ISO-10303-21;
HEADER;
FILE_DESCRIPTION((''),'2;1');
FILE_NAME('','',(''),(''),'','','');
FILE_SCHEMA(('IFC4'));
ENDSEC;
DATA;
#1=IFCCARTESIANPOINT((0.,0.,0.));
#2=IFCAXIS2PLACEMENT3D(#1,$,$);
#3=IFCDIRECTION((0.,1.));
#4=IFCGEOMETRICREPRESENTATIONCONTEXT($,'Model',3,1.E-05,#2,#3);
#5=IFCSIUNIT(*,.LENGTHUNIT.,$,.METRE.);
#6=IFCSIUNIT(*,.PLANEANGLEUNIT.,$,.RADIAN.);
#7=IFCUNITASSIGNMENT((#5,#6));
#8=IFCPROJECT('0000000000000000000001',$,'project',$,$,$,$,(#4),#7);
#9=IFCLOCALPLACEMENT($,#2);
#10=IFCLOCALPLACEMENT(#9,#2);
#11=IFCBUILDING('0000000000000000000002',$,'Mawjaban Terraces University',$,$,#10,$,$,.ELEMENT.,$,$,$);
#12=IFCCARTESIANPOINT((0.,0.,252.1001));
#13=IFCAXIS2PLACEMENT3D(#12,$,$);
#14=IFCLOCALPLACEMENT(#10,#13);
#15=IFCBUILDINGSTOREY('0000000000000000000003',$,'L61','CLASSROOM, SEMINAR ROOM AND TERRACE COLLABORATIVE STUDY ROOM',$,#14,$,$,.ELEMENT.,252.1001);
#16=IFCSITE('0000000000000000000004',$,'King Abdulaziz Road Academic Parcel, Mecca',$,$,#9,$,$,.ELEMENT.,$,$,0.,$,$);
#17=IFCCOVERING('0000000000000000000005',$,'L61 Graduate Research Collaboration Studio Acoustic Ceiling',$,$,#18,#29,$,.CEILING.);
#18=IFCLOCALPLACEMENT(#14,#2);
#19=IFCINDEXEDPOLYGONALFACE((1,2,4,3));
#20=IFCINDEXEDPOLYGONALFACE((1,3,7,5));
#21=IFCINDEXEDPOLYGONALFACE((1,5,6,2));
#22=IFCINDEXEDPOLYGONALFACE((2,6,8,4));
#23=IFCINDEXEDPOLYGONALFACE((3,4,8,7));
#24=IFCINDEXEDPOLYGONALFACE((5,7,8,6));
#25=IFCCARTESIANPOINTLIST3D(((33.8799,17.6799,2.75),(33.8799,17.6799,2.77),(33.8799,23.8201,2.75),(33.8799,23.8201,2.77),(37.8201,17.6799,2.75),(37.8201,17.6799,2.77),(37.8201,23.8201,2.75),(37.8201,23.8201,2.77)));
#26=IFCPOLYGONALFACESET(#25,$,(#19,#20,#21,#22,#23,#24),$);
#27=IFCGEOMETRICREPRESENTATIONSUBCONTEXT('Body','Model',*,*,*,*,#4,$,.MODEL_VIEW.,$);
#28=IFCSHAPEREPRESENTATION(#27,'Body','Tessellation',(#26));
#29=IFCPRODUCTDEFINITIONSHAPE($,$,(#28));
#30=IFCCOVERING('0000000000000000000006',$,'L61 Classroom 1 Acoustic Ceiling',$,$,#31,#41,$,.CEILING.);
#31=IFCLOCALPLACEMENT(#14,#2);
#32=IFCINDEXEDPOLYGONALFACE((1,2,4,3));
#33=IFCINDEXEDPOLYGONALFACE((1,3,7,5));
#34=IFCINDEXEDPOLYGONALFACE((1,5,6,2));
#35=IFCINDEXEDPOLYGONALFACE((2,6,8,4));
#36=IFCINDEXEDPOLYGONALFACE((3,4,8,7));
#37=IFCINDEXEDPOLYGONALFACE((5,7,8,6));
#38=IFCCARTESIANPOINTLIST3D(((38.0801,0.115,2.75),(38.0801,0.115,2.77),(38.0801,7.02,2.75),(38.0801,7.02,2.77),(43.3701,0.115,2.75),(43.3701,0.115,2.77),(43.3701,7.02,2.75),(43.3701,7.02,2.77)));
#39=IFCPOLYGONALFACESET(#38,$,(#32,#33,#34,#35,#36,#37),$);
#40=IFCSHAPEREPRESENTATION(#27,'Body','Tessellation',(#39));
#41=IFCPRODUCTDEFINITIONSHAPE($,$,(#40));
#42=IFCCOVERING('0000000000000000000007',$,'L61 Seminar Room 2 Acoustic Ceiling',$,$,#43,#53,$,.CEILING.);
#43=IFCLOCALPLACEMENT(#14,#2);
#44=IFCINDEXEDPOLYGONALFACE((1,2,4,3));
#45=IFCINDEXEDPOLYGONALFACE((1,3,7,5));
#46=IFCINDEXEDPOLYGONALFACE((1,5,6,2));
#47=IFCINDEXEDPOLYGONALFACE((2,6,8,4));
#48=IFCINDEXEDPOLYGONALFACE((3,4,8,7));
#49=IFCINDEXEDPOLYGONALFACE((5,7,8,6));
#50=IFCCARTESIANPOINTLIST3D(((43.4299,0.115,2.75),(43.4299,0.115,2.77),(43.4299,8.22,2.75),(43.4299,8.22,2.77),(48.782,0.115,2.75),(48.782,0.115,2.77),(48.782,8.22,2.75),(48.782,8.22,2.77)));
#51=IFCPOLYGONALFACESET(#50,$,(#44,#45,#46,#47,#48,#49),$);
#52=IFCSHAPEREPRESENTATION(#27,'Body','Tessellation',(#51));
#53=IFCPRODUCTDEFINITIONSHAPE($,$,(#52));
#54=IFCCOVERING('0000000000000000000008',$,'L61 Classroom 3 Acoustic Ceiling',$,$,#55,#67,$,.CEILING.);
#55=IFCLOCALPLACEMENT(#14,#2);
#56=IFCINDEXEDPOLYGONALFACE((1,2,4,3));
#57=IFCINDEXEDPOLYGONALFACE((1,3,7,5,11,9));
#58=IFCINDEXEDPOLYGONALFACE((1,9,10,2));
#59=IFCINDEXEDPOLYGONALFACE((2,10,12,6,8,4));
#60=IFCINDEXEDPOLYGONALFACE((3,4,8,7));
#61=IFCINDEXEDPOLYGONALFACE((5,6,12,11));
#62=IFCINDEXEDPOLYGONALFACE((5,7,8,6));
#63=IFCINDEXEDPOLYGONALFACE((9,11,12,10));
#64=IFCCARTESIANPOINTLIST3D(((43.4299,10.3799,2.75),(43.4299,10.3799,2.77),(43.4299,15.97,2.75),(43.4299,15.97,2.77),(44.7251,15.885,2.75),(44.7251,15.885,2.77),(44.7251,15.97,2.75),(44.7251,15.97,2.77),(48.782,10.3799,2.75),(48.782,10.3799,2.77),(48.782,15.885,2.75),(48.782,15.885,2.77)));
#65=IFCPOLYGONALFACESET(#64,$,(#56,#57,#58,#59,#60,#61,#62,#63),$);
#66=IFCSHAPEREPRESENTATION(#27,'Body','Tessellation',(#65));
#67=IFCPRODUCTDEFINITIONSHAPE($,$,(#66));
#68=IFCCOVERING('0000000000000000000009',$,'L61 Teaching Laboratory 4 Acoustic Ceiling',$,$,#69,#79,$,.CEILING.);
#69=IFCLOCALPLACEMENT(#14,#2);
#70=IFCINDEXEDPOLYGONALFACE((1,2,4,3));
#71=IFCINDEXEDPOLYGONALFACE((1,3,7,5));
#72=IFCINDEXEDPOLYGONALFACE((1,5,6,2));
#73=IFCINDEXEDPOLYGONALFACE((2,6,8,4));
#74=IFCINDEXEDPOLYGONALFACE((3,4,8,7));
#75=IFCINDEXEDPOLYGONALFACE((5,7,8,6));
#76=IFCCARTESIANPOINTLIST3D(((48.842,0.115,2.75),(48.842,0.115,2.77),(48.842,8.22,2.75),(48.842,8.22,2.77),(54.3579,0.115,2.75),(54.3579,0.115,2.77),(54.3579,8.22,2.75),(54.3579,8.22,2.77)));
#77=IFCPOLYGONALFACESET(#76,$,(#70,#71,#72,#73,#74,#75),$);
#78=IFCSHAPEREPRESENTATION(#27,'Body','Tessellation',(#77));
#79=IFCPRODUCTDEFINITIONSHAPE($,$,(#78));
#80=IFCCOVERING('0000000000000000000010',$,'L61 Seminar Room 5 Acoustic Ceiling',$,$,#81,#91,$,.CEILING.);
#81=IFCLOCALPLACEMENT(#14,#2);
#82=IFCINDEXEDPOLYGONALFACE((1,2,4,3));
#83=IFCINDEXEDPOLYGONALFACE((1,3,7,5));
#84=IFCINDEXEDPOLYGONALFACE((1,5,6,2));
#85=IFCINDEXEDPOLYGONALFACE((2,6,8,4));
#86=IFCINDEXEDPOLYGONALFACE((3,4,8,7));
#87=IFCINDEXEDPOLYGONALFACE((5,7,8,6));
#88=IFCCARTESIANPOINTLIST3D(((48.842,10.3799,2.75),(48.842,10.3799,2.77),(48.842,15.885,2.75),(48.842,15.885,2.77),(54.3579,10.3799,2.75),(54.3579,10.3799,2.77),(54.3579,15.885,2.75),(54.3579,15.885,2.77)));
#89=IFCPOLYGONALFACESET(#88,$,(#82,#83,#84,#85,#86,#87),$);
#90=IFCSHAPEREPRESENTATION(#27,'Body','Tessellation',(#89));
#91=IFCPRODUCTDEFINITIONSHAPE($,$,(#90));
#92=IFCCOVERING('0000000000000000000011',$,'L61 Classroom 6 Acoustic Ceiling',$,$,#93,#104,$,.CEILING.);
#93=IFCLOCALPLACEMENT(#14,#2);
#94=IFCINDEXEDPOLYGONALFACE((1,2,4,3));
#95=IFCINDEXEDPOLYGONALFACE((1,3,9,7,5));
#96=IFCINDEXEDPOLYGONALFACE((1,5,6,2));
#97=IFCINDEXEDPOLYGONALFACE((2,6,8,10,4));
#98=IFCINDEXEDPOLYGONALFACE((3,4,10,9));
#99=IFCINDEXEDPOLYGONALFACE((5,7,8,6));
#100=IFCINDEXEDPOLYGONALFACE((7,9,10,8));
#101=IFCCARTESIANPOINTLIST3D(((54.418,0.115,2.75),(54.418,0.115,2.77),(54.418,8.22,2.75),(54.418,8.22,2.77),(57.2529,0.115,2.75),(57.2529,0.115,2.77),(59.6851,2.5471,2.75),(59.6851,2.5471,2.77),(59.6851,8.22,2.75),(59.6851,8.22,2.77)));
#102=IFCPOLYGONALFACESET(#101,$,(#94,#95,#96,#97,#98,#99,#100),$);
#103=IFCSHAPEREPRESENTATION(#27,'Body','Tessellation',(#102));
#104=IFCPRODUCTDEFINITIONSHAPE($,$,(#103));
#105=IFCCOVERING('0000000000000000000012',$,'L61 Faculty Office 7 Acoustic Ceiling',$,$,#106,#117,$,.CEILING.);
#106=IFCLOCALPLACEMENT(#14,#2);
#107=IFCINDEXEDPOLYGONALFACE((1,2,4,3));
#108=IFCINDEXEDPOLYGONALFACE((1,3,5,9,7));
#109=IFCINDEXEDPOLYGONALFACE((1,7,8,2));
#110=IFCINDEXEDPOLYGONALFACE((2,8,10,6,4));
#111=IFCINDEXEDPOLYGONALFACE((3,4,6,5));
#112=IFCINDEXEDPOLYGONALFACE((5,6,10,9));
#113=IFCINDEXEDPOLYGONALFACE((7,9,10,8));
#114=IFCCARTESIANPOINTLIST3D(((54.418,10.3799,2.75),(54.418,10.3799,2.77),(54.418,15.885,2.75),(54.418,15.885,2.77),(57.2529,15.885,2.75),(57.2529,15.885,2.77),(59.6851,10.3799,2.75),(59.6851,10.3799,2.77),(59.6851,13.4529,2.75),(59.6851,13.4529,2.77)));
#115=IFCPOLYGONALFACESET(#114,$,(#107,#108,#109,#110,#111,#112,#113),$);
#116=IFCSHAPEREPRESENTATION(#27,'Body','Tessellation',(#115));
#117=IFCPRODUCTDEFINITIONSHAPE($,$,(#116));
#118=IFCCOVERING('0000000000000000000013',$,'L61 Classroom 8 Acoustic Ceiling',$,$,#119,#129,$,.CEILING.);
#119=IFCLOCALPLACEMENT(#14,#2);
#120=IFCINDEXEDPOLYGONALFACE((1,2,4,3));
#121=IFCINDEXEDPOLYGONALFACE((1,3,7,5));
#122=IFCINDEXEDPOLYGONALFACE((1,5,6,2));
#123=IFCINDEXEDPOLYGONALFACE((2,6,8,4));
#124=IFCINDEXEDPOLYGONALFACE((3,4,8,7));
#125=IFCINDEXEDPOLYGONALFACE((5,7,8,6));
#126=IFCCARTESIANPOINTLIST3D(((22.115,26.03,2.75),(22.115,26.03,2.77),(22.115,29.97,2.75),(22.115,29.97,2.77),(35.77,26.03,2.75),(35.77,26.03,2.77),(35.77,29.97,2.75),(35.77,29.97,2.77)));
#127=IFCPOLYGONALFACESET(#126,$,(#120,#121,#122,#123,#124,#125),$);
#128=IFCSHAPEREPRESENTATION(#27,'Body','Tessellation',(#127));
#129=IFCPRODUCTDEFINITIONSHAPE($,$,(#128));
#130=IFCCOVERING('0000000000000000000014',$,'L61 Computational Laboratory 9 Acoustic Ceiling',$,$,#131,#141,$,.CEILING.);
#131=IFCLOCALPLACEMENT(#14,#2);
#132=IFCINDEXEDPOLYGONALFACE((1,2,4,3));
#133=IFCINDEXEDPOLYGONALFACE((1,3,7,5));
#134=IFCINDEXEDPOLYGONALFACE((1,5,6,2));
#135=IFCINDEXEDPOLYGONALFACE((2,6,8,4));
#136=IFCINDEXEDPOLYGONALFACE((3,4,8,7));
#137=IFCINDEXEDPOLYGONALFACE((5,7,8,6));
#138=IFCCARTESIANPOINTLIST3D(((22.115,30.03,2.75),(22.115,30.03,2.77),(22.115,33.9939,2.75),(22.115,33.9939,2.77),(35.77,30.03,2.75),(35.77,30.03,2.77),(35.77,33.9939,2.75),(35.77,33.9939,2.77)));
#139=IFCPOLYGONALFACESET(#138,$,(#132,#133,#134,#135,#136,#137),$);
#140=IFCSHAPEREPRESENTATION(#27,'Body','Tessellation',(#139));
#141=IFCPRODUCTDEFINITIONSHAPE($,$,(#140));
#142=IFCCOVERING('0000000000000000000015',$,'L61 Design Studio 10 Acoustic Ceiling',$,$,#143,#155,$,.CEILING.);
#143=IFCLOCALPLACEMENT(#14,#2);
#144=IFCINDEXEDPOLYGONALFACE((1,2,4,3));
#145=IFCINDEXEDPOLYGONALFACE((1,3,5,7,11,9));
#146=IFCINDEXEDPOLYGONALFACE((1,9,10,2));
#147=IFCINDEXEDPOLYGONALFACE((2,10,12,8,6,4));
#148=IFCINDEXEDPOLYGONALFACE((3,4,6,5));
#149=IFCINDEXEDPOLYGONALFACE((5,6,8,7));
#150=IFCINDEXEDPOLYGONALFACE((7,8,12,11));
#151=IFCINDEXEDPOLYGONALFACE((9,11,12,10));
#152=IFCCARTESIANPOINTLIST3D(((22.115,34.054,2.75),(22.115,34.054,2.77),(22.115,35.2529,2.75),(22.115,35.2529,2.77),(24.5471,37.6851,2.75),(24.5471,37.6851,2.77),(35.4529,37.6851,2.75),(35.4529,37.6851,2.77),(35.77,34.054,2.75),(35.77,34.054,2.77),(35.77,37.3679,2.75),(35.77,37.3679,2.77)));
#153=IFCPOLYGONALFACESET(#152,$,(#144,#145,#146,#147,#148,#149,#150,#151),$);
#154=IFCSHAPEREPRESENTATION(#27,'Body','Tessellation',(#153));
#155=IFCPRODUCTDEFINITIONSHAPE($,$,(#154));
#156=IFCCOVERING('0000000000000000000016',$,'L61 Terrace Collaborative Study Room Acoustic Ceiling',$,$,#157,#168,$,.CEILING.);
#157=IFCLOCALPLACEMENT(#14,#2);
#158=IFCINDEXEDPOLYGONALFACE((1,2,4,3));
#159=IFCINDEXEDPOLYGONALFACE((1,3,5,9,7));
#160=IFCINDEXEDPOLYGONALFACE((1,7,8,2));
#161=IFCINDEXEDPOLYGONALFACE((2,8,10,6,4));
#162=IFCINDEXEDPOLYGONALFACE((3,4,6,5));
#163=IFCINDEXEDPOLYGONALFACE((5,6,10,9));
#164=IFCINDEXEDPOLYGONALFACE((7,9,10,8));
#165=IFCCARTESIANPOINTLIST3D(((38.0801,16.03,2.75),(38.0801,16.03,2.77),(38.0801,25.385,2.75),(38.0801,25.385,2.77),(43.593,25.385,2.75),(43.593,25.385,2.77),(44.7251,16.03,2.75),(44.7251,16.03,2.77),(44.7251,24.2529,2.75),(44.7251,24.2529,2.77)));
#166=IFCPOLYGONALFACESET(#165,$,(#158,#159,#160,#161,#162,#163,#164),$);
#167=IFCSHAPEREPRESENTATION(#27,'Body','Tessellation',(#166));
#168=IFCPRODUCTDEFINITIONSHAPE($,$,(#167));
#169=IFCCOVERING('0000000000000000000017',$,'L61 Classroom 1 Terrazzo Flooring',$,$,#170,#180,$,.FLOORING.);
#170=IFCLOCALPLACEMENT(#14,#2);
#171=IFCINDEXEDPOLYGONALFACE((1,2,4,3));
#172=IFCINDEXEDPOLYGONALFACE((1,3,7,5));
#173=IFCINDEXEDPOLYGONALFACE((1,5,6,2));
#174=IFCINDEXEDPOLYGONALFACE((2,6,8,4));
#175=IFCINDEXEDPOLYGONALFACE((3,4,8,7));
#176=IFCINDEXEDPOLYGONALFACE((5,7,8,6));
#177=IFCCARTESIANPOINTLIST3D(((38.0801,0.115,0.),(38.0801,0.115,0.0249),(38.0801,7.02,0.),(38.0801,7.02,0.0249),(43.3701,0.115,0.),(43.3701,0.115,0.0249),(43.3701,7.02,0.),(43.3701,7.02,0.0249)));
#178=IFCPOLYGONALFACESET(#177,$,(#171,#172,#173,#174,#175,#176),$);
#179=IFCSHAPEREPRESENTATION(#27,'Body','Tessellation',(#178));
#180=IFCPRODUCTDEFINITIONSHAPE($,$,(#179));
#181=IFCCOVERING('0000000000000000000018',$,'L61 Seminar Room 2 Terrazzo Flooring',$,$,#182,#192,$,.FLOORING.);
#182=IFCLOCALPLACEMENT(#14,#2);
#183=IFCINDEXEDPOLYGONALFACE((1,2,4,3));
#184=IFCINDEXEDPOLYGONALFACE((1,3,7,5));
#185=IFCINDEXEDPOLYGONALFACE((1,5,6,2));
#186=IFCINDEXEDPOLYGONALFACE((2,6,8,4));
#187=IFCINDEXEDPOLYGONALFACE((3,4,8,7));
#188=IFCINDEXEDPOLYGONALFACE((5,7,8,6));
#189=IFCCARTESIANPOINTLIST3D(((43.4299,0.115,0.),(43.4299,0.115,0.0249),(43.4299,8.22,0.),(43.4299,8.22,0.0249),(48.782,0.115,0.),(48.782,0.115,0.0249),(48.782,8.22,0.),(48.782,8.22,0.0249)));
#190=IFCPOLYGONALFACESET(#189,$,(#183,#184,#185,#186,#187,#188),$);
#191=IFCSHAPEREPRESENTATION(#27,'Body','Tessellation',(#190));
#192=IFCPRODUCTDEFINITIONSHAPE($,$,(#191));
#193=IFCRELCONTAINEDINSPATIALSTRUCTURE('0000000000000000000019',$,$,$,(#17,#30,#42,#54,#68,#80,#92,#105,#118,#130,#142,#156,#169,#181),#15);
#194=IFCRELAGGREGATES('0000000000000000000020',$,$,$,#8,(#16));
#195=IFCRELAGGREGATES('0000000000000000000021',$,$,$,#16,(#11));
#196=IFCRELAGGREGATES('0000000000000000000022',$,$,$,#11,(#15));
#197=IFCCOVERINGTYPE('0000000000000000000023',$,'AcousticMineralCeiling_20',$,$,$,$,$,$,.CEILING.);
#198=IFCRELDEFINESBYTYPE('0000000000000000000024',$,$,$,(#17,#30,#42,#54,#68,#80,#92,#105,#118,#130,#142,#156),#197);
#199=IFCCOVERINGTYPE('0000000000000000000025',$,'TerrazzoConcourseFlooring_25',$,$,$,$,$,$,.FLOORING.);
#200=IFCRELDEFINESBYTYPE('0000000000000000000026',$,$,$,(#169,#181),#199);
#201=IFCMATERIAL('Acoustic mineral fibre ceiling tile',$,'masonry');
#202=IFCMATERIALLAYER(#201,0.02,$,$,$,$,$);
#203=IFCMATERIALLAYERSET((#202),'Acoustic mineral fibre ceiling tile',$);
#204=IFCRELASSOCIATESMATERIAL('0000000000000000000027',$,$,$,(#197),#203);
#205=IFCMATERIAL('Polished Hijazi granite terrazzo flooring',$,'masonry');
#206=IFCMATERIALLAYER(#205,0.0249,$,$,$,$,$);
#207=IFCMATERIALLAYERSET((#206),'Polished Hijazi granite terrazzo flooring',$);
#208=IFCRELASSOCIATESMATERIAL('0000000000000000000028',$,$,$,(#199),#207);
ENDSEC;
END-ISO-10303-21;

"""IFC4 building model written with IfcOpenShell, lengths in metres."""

from ifc_helpers import new_model, si_unit, direction, frame, origin, place, context, subcontext, project, spatial, polyline, outline, extrude, material, layer, layer_set, type_object, element, save


model = new_model("IFC4")

# Units and contexts
model_context = context("Model", 3, precision=1e-05, world=origin(), true_north=direction((0.0, 1.0)))
body_context = subcontext(model_context, "Body", "Model", "MODEL_VIEW")
ifc_project = project(units=[si_unit("LENGTHUNIT", "METRE"), si_unit("PLANEANGLEUNIT", "RADIAN")], contexts=[model_context])

# Site, building, storey
site_placement = place(None, origin())
site = spatial("IfcSite", under=ifc_project, at=site_placement, Name="King Abdulaziz Road Academic Parcel, Mecca", CompositionType="ELEMENT", RefElevation=0.0)
building_placement = place(site_placement, origin())
building = spatial("IfcBuilding", under=site, at=building_placement, Name="Mawjaban Terraces University", CompositionType="ELEMENT")
storey_placement = place(building_placement, frame((0.0, 0.0, 252.1001)))
storey = spatial("IfcBuildingStorey", under=building, at=storey_placement, Name="L61", Description="CLASSROOM, SEMINAR ROOM AND TERRACE COLLABORATIVE STUDY ROOM", CompositionType="ELEMENT", Elevation=252.1001)

# Coverings
ifc_material_1 = material(Name="Acoustic mineral fibre ceiling tile", Category="masonry")
ifc_layer_1 = layer(ifc_material_1, 0.02)
ifc_layer_set_1 = layer_set([ifc_layer_1], Name="Acoustic mineral fibre ceiling tile")
covering_type_1 = type_object("IfcCoveringType", Name="AcousticMineralCeiling_20", PredefinedType="CEILING", material=ifc_layer_set_1)
covering_1_placement = place(storey_placement, frame((0.0, 0.0, 2.75)))
element("IfcCovering", 1, at=covering_1_placement, inside=storey, type_object=covering_type_1, Name="L61 Graduate Research Collaboration Studio Acoustic Ceiling", PredefinedType="CEILING", context=body_context, shape_type="SweptSolid", body=[
    extrude(outline(polyline([(37.8201, 17.6799), (37.8201, 23.8201), (33.8799, 23.8201), (33.8799, 17.6799), (37.8201, 17.6799)])), origin(), (0.0, 0.0, 1.0), 0.02),
])
covering_2_placement = place(storey_placement, frame((0.0, 0.0, 2.75)))
element("IfcCovering", 2, at=covering_2_placement, inside=storey, type_object=covering_type_1, Name="L61 Classroom 1 Acoustic Ceiling", PredefinedType="CEILING", context=body_context, shape_type="SweptSolid", body=[
    extrude(outline(polyline([(38.0801, 7.02), (38.0801, 0.115), (43.3701, 0.115), (43.3701, 7.02), (38.0801, 7.02)])), origin(), (0.0, 0.0, 1.0), 0.02),
])
covering_3_placement = place(storey_placement, frame((0.0, 0.0, 2.75)))
element("IfcCovering", 3, at=covering_3_placement, inside=storey, type_object=covering_type_1, Name="L61 Seminar Room 2 Acoustic Ceiling", PredefinedType="CEILING", context=body_context, shape_type="SweptSolid", body=[
    extrude(outline(polyline([(43.4299, 0.115), (48.782, 0.115), (48.782, 8.22), (43.4299, 8.22), (43.4299, 0.115)])), origin(), (0.0, 0.0, 1.0), 0.02),
])
covering_4_placement = place(storey_placement, frame((0.0, 0.0, 2.75)))
element("IfcCovering", 4, at=covering_4_placement, inside=storey, type_object=covering_type_1, Name="L61 Classroom 3 Acoustic Ceiling", PredefinedType="CEILING", context=body_context, shape_type="SweptSolid", body=[
    extrude(outline(polyline([(48.782, 15.885), (44.7251, 15.885), (44.7251, 15.97), (43.4299, 15.97), (43.4299, 10.3799), (48.782, 10.3799), (48.782, 15.885)])), origin(), (0.0, 0.0, 1.0), 0.02),
])
covering_5_placement = place(storey_placement, frame((0.0, 0.0, 2.75)))
element("IfcCovering", 5, at=covering_5_placement, inside=storey, type_object=covering_type_1, Name="L61 Teaching Laboratory 4 Acoustic Ceiling", PredefinedType="CEILING", context=body_context, shape_type="SweptSolid", body=[
    extrude(outline(polyline([(48.842, 0.115), (54.3579, 0.115), (54.3579, 8.22), (48.842, 8.22), (48.842, 0.115)])), origin(), (0.0, 0.0, 1.0), 0.02),
])
covering_6_placement = place(storey_placement, frame((0.0, 0.0, 2.75)))
element("IfcCovering", 6, at=covering_6_placement, inside=storey, type_object=covering_type_1, Name="L61 Seminar Room 5 Acoustic Ceiling", PredefinedType="CEILING", context=body_context, shape_type="SweptSolid", body=[
    extrude(outline(polyline([(54.3579, 15.885), (48.842, 15.885), (48.842, 10.3799), (54.3579, 10.3799), (54.3579, 15.885)])), origin(), (0.0, 0.0, 1.0), 0.02),
])
covering_7_placement = place(storey_placement, frame((0.0, 0.0, 2.75)))
element("IfcCovering", 7, at=covering_7_placement, inside=storey, type_object=covering_type_1, Name="L61 Classroom 6 Acoustic Ceiling", PredefinedType="CEILING", context=body_context, shape_type="SweptSolid", body=[
    extrude(outline(polyline([(54.418, 0.115), (57.2529, 0.115), (59.6851, 2.5471), (59.6851, 8.22), (54.418, 8.22), (54.418, 0.115)])), origin(), (0.0, 0.0, 1.0), 0.02),
])
covering_8_placement = place(storey_placement, frame((0.0, 0.0, 2.75)))
element("IfcCovering", 8, at=covering_8_placement, inside=storey, type_object=covering_type_1, Name="L61 Faculty Office 7 Acoustic Ceiling", PredefinedType="CEILING", context=body_context, shape_type="SweptSolid", body=[
    extrude(outline(polyline([(59.6851, 10.3799), (59.6851, 13.4529), (57.2529, 15.885), (54.418, 15.885), (54.418, 10.3799), (59.6851, 10.3799)])), origin(), (0.0, 0.0, 1.0), 0.02),
])
covering_9_placement = place(storey_placement, frame((0.0, 0.0, 2.75)))
element("IfcCovering", 9, at=covering_9_placement, inside=storey, type_object=covering_type_1, Name="L61 Classroom 8 Acoustic Ceiling", PredefinedType="CEILING", context=body_context, shape_type="SweptSolid", body=[
    extrude(outline(polyline([(22.115, 29.97), (22.115, 26.03), (35.77, 26.03), (35.77, 29.97), (22.115, 29.97)])), origin(), (0.0, 0.0, 1.0), 0.02),
])
covering_10_placement = place(storey_placement, frame((0.0, 0.0, 2.75)))
element("IfcCovering", 10, at=covering_10_placement, inside=storey, type_object=covering_type_1, Name="L61 Computational Laboratory 9 Acoustic Ceiling", PredefinedType="CEILING", context=body_context, shape_type="SweptSolid", body=[
    extrude(outline(polyline([(22.115, 33.9939), (22.115, 30.03), (35.77, 30.03), (35.77, 33.9939), (22.115, 33.9939)])), origin(), (0.0, 0.0, 1.0), 0.02),
])
covering_11_placement = place(storey_placement, frame((0.0, 0.0, 2.75)))
element("IfcCovering", 11, at=covering_11_placement, inside=storey, type_object=covering_type_1, Name="L61 Design Studio 10 Acoustic Ceiling", PredefinedType="CEILING", context=body_context, shape_type="SweptSolid", body=[
    extrude(outline(polyline([(35.77, 37.3679), (35.4529, 37.6851), (24.5471, 37.6851), (22.115, 35.2529), (22.115, 34.054), (35.77, 34.054), (35.77, 37.3679)])), origin(), (0.0, 0.0, 1.0), 0.02),
])
covering_12_placement = place(storey_placement, frame((0.0, 0.0, 2.75)))
element("IfcCovering", 12, at=covering_12_placement, inside=storey, type_object=covering_type_1, Name="L61 Terrace Collaborative Study Room Acoustic Ceiling", PredefinedType="CEILING", context=body_context, shape_type="SweptSolid", body=[
    extrude(outline(polyline([(44.7251, 16.03), (44.7251, 24.2529), (43.593, 25.385), (38.0801, 25.385), (38.0801, 16.03), (44.7251, 16.03)])), origin(), (0.0, 0.0, 1.0), 0.02),
])
ifc_material_2 = material(Name="Polished Hijazi granite terrazzo flooring", Category="masonry")
ifc_layer_2 = layer(ifc_material_2, 0.0249)
ifc_layer_set_2 = layer_set([ifc_layer_2], Name="Polished Hijazi granite terrazzo flooring")
covering_type_2 = type_object("IfcCoveringType", Name="TerrazzoConcourseFlooring_25", PredefinedType="FLOORING", material=ifc_layer_set_2)
covering_13_placement = place(storey_placement, origin())
element("IfcCovering", 13, at=covering_13_placement, inside=storey, type_object=covering_type_2, Name="L61 Classroom 1 Terrazzo Flooring", PredefinedType="FLOORING", context=body_context, shape_type="SweptSolid", body=[
    extrude(outline(polyline([(38.0801, 7.02), (38.0801, 0.115), (43.3701, 0.115), (43.3701, 7.02), (38.0801, 7.02)])), origin(), (0.0, 0.0, 1.0), 0.0249),
])
covering_14_placement = place(storey_placement, origin())
element("IfcCovering", 14, at=covering_14_placement, inside=storey, type_object=covering_type_2, Name="L61 Seminar Room 2 Terrazzo Flooring", PredefinedType="FLOORING", context=body_context, shape_type="SweptSolid", body=[
    extrude(outline(polyline([(43.4299, 0.115), (48.782, 0.115), (48.782, 8.22), (43.4299, 8.22), (43.4299, 0.115)])), origin(), (0.0, 0.0, 1.0), 0.0249),
])

save(model, "model.ifc")
